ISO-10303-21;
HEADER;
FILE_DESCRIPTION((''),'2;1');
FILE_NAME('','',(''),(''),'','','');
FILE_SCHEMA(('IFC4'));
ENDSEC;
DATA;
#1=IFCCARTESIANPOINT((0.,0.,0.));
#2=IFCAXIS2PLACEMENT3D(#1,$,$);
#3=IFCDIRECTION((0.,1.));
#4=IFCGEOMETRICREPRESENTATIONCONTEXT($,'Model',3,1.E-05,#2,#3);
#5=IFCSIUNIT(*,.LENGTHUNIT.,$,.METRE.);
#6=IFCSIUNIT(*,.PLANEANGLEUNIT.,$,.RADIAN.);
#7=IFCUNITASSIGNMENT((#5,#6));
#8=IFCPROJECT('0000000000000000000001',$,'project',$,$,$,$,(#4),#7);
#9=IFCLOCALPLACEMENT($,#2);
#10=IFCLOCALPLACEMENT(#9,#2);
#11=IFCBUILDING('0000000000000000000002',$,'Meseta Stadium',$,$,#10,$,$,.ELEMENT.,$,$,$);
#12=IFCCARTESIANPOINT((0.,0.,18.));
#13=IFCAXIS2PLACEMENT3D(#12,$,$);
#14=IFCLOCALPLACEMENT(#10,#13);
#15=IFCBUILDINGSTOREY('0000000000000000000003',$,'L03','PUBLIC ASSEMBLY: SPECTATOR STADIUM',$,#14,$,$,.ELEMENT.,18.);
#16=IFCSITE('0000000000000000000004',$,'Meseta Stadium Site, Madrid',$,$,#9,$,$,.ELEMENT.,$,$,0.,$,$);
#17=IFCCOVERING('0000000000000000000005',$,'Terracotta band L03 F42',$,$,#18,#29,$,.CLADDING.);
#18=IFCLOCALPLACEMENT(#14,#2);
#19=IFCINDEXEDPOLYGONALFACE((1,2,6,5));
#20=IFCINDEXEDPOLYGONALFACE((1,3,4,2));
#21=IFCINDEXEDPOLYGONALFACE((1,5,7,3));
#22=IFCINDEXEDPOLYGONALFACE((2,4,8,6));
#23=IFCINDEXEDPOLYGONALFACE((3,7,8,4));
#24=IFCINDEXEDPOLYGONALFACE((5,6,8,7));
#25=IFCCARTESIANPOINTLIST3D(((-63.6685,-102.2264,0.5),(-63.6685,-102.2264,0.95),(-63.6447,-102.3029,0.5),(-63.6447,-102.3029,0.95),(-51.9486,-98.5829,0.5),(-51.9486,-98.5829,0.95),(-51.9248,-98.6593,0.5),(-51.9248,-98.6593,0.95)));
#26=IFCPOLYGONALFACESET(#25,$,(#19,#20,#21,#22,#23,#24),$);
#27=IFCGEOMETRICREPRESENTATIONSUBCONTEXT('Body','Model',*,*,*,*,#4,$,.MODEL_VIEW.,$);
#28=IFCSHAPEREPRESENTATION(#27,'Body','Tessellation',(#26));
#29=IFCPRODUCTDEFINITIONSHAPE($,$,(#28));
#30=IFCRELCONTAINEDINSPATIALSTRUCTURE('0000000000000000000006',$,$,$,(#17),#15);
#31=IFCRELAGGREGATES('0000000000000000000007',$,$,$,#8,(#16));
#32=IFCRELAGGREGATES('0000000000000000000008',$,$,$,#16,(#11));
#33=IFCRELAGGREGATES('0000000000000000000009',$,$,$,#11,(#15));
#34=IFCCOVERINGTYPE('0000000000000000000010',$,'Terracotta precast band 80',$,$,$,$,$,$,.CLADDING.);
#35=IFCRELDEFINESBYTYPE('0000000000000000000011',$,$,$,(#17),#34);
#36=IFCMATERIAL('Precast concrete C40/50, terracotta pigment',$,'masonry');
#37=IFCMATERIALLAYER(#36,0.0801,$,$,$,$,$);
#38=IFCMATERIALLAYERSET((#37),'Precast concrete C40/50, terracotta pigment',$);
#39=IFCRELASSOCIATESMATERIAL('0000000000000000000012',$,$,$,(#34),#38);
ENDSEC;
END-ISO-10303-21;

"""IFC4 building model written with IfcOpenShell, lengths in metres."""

from ifc_helpers import new_model, si_unit, direction, frame, origin, origin_2d, place, context, subcontext, project, spatial, rectangle, extrude, material, layer, layer_set, type_object, element, save


model = new_model("IFC4")

# Units and contexts
model_context = context("Model", 3, precision=1e-05, world=origin(), true_north=direction((0.0, 1.0)))
body_context = subcontext(model_context, "Body", "Model", "MODEL_VIEW")
ifc_project = project(units=[si_unit("LENGTHUNIT", "METRE"), si_unit("PLANEANGLEUNIT", "RADIAN")], contexts=[model_context])

# Site, building, storey
site_placement = place(None, origin())
site = spatial("IfcSite", under=ifc_project, at=site_placement, Name="Meseta Stadium Site, Madrid", CompositionType="ELEMENT", RefElevation=0.0)
building_placement = place(site_placement, origin())
building = spatial("IfcBuilding", under=site, at=building_placement, Name="Meseta Stadium", CompositionType="ELEMENT")
storey_placement = place(building_placement, frame((0.0, 0.0, 18.0)))
storey = spatial("IfcBuildingStorey", under=building, at=storey_placement, Name="L03", Description="PUBLIC ASSEMBLY: SPECTATOR STADIUM", CompositionType="ELEMENT", Elevation=18.0)

# Covering
ifc_material_1 = material(Name="Precast concrete C40/50, terracotta pigment", Category="masonry")
ifc_layer_1 = layer(ifc_material_1, 0.0801)
ifc_layer_set_1 = layer_set([ifc_layer_1], Name="Precast concrete C40/50, terracotta pigment")
covering_type_1 = type_object("IfcCoveringType", Name="Terracotta precast band 80", PredefinedType="CLADDING", material=ifc_layer_set_1)
for number, where, z_axis, x_axis, name in (
    (1, (-57.7966, -100.4429, 0.5), (0.0, 0.0, 1.0), (-0.954918, -0.296868, 0.0), "Terracotta band L03 F42"),
):
    element("IfcCovering", number, at=place(storey_placement, frame(where, z_axis=z_axis, x_axis=x_axis)), inside=storey, type_object=covering_type_1, Name=name, PredefinedType="CLADDING", context=body_context, shape_type="SweptSolid", body=[
        extrude(rectangle(XDim=12.2732, YDim=0.0801, at=origin_2d()), origin(), (0.0, 0.0, 1.0), 0.45),
    ])

save(model, "model.ifc")
